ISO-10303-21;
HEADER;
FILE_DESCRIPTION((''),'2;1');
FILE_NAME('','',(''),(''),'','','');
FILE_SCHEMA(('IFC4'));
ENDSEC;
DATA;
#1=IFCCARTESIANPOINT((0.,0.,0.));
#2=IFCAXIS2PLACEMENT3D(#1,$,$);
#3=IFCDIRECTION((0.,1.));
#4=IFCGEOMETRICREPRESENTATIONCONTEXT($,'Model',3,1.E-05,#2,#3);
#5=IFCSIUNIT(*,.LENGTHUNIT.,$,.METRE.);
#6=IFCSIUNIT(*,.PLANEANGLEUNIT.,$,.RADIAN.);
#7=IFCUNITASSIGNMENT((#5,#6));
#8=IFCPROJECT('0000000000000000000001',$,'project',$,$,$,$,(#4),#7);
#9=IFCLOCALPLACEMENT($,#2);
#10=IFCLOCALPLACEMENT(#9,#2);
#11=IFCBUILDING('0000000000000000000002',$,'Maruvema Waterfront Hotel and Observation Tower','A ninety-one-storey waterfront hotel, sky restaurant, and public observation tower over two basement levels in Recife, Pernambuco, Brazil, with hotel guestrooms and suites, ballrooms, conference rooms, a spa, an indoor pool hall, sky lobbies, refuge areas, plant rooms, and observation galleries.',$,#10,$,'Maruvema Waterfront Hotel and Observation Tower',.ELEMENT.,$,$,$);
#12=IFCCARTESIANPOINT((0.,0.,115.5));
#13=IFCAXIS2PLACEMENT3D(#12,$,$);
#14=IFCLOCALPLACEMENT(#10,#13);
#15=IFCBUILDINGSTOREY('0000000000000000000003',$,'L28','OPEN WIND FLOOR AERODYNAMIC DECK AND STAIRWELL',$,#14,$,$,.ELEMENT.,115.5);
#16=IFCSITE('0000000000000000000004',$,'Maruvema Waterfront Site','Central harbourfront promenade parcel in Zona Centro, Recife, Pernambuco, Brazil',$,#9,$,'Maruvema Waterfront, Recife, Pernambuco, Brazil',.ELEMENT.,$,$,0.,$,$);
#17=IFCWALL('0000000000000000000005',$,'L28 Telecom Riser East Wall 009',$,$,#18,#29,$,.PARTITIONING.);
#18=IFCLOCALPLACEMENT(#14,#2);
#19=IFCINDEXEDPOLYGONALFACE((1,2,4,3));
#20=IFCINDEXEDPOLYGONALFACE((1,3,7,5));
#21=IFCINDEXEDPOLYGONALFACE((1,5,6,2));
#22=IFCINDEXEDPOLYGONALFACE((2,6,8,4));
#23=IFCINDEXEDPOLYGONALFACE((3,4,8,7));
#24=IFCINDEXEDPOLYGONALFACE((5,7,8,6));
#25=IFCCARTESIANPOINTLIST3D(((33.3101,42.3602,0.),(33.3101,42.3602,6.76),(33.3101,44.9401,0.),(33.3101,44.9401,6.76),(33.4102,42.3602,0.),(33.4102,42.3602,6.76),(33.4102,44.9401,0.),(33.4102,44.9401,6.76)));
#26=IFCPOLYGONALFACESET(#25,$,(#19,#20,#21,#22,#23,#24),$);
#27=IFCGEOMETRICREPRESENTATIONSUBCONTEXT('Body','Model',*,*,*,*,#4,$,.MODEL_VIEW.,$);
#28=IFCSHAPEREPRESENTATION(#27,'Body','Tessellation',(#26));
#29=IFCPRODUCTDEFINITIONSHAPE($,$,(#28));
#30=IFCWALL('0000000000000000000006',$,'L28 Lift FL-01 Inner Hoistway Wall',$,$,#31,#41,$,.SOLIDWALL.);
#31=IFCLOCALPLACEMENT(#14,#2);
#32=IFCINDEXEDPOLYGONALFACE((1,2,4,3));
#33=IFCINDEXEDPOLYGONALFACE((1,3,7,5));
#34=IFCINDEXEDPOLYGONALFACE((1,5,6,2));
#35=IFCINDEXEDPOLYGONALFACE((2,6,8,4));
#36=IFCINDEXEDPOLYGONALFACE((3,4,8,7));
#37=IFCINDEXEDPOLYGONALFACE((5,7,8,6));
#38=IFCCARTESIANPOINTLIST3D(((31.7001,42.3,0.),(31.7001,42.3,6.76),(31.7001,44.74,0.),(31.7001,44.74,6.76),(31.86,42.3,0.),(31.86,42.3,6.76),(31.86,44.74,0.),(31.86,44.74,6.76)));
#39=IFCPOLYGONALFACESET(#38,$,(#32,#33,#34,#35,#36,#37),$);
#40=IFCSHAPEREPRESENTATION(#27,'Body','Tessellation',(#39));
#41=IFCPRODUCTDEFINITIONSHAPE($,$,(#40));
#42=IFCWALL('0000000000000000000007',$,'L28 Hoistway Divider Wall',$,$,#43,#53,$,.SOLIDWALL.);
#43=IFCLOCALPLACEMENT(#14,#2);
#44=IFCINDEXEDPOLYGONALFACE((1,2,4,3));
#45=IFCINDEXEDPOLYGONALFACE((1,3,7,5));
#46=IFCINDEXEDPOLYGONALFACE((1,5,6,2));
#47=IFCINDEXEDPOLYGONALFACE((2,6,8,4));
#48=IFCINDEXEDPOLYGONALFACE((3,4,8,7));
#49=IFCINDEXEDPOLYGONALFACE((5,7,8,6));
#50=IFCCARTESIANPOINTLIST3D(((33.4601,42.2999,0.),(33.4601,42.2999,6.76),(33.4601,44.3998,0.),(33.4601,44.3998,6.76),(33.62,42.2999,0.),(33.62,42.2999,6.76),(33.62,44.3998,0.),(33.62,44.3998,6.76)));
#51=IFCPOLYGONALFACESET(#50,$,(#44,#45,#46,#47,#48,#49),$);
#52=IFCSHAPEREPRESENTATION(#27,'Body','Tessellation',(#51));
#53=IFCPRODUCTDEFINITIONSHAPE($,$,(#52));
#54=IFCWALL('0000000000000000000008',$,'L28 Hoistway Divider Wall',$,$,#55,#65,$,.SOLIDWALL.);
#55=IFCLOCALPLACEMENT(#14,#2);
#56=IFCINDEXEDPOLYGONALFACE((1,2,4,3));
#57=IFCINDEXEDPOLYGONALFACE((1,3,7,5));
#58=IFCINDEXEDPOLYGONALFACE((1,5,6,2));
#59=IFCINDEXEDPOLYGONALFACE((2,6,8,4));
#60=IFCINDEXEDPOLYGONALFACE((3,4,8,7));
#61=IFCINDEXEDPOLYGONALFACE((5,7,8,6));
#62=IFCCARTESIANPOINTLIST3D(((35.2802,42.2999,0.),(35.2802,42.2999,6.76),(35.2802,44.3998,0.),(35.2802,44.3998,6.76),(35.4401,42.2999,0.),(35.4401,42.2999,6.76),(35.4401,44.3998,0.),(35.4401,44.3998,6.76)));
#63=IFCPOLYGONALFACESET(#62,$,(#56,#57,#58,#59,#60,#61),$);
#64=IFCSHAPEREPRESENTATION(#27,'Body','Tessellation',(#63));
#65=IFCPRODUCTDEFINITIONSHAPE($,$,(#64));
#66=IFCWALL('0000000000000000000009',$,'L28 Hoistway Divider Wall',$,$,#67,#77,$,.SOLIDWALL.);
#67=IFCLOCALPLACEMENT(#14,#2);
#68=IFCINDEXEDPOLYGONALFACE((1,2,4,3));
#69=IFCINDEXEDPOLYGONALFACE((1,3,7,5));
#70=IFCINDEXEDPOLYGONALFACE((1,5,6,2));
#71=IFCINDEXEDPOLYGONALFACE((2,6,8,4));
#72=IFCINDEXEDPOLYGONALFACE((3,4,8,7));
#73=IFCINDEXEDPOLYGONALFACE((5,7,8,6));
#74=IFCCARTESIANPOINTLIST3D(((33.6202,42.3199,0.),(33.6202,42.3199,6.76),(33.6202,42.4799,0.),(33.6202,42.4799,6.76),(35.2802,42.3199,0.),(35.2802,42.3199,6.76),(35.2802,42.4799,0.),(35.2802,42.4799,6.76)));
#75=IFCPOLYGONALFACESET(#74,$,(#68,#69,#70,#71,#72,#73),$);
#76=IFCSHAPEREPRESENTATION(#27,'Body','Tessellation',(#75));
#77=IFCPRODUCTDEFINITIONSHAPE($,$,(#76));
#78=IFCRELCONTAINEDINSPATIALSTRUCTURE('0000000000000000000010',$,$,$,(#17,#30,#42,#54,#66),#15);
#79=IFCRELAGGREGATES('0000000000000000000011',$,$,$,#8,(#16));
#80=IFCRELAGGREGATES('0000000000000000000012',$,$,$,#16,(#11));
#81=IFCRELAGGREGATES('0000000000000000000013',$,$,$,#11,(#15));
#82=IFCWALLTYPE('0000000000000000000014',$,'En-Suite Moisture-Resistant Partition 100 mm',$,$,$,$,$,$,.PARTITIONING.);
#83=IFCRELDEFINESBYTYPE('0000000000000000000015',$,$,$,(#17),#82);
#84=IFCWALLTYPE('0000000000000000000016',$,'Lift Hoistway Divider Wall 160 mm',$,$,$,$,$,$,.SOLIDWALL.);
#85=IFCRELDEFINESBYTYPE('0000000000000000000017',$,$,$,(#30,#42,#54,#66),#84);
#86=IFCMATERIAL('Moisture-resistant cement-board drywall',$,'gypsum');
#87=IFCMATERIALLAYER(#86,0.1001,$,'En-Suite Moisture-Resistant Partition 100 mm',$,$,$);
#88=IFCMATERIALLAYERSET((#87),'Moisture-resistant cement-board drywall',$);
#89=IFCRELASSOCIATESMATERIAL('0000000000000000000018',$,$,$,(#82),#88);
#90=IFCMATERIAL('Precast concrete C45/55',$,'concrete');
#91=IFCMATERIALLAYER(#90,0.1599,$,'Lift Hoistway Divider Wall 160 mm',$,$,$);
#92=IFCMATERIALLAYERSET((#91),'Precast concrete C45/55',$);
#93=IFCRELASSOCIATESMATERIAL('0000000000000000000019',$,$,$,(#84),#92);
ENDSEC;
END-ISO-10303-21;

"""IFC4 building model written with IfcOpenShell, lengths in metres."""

from ifc_helpers import new_model, si_unit, direction, frame, frame_2d, origin, place, context, subcontext, project, spatial, rectangle, extrude, material, layer, layer_set, type_object, element, save


model = new_model("IFC4")

# Units and contexts
model_context = context("Model", 3, precision=1e-05, world=origin(), true_north=direction((0.0, 1.0)))
body_context = subcontext(model_context, "Body", "Model", "MODEL_VIEW")
ifc_project = project(units=[si_unit("LENGTHUNIT", "METRE"), si_unit("PLANEANGLEUNIT", "RADIAN")], contexts=[model_context])

# Site, building, storey
site_placement = place(None, origin())
site = spatial("IfcSite", under=ifc_project, at=site_placement, Name="Maruvema Waterfront Site", Description="Central harbourfront promenade parcel in Zona Centro, Recife, Pernambuco, Brazil", LongName="Maruvema Waterfront, Recife, Pernambuco, Brazil", CompositionType="ELEMENT", RefElevation=0.0)
building_placement = place(site_placement, origin())
building = spatial("IfcBuilding", under=site, at=building_placement, Name="Maruvema Waterfront Hotel and Observation Tower", Description="A ninety-one-storey waterfront hotel, sky restaurant, and public observation tower over two basement levels in Recife, Pernambuco, Brazil, with hotel guestrooms and suites, ballrooms, conference rooms, a spa, an indoor pool hall, sky lobbies, refuge areas, plant rooms, and observation galleries.", LongName="Maruvema Waterfront Hotel and Observation Tower", CompositionType="ELEMENT")
storey_placement = place(building_placement, frame((0.0, 0.0, 115.5)))
storey = spatial("IfcBuildingStorey", under=building, at=storey_placement, Name="L28", Description="OPEN WIND FLOOR AERODYNAMIC DECK AND STAIRWELL", CompositionType="ELEMENT", Elevation=115.5)

# Shared definitions
ifc_material_1 = material(Name="Moisture-resistant cement-board drywall", Category="gypsum")
ifc_layer_1 = layer(ifc_material_1, 0.1001, Name="En-Suite Moisture-Resistant Partition 100 mm")
ifc_layer_set_1 = layer_set([ifc_layer_1], Name="Moisture-resistant cement-board drywall")
wall_type_1 = type_object("IfcWallType", Name="En-Suite Moisture-Resistant Partition 100 mm", PredefinedType="PARTITIONING", material=ifc_layer_set_1)

# Walls
wall_1_placement = place(storey_placement, frame((33.3601, 42.3601, 0.0), z_axis=(0.0, 0.0, 1.0), x_axis=(0.0, 1.0, 0.0)))
element("IfcWall", 1, at=wall_1_placement, inside=storey, type_object=wall_type_1, Name="L28 Telecom Riser East Wall 009", PredefinedType="PARTITIONING", context=body_context, shape_type="SweptSolid", body=[
    extrude(rectangle(XDim=2.5798, YDim=0.1001, at=frame_2d((1.29, 0.0))), origin(), (0.0, 0.0, 1.0), 6.76),
])
ifc_material_2 = material(Name="Precast concrete C45/55", Category="concrete")
ifc_layer_2 = layer(ifc_material_2, 0.1599, Name="Lift Hoistway Divider Wall 160 mm")
ifc_layer_set_2 = layer_set([ifc_layer_2], Name="Precast concrete C45/55")
wall_type_2 = type_object("IfcWallType", Name="Lift Hoistway Divider Wall 160 mm", PredefinedType="SOLIDWALL", material=ifc_layer_set_2)
wall_2_placement = place(storey_placement, frame((31.78, 42.3, 0.0), z_axis=(0.0, 0.0, 1.0), x_axis=(0.0, 1.0, 0.0)))
element("IfcWall", 2, at=wall_2_placement, inside=storey, type_object=wall_type_2, Name="L28 Lift FL-01 Inner Hoistway Wall", PredefinedType="SOLIDWALL", context=body_context, shape_type="SweptSolid", body=[
    extrude(rectangle(XDim=2.4399, YDim=0.1599, at=frame_2d((1.22, 0.0))), origin(), (0.0, 0.0, 1.0), 6.76),
])
for number, where, z_axis, x_axis, name in (
    (3, (33.54, 42.3, 0.0), (0.0, 0.0, 1.0), (0.0, 1.0, 0.0), "L28 Hoistway Divider Wall"),
    (4, (35.3601, 42.3, 0.0), (0.0, 0.0, 1.0), (0.0, 1.0, 0.0), "L28 Hoistway Divider Wall"),
):
    element("IfcWall", number, at=place(storey_placement, frame(where, z_axis=z_axis, x_axis=x_axis)), inside=storey, type_object=wall_type_2, Name=name, PredefinedType="SOLIDWALL", context=body_context, shape_type="SweptSolid", body=[
        extrude(rectangle(XDim=2.0999, YDim=0.1599, at=frame_2d((1.0498, 0.0))), origin(), (0.0, 0.0, 1.0), 6.76),
    ])
wall_3_placement = place(storey_placement, frame((33.6201, 42.3999, 0.0), z_axis=(0.0, 0.0, 1.0), x_axis=(1.0, 0.0, 0.0)))
element("IfcWall", 5, at=wall_3_placement, inside=storey, type_object=wall_type_2, Name="L28 Hoistway Divider Wall", PredefinedType="SOLIDWALL", context=body_context, shape_type="SweptSolid", body=[
    extrude(rectangle(XDim=1.6599, YDim=0.1599, at=frame_2d((0.8301, 0.0))), origin(), (0.0, 0.0, 1.0), 6.76),
])

save(model, "model.ifc")
